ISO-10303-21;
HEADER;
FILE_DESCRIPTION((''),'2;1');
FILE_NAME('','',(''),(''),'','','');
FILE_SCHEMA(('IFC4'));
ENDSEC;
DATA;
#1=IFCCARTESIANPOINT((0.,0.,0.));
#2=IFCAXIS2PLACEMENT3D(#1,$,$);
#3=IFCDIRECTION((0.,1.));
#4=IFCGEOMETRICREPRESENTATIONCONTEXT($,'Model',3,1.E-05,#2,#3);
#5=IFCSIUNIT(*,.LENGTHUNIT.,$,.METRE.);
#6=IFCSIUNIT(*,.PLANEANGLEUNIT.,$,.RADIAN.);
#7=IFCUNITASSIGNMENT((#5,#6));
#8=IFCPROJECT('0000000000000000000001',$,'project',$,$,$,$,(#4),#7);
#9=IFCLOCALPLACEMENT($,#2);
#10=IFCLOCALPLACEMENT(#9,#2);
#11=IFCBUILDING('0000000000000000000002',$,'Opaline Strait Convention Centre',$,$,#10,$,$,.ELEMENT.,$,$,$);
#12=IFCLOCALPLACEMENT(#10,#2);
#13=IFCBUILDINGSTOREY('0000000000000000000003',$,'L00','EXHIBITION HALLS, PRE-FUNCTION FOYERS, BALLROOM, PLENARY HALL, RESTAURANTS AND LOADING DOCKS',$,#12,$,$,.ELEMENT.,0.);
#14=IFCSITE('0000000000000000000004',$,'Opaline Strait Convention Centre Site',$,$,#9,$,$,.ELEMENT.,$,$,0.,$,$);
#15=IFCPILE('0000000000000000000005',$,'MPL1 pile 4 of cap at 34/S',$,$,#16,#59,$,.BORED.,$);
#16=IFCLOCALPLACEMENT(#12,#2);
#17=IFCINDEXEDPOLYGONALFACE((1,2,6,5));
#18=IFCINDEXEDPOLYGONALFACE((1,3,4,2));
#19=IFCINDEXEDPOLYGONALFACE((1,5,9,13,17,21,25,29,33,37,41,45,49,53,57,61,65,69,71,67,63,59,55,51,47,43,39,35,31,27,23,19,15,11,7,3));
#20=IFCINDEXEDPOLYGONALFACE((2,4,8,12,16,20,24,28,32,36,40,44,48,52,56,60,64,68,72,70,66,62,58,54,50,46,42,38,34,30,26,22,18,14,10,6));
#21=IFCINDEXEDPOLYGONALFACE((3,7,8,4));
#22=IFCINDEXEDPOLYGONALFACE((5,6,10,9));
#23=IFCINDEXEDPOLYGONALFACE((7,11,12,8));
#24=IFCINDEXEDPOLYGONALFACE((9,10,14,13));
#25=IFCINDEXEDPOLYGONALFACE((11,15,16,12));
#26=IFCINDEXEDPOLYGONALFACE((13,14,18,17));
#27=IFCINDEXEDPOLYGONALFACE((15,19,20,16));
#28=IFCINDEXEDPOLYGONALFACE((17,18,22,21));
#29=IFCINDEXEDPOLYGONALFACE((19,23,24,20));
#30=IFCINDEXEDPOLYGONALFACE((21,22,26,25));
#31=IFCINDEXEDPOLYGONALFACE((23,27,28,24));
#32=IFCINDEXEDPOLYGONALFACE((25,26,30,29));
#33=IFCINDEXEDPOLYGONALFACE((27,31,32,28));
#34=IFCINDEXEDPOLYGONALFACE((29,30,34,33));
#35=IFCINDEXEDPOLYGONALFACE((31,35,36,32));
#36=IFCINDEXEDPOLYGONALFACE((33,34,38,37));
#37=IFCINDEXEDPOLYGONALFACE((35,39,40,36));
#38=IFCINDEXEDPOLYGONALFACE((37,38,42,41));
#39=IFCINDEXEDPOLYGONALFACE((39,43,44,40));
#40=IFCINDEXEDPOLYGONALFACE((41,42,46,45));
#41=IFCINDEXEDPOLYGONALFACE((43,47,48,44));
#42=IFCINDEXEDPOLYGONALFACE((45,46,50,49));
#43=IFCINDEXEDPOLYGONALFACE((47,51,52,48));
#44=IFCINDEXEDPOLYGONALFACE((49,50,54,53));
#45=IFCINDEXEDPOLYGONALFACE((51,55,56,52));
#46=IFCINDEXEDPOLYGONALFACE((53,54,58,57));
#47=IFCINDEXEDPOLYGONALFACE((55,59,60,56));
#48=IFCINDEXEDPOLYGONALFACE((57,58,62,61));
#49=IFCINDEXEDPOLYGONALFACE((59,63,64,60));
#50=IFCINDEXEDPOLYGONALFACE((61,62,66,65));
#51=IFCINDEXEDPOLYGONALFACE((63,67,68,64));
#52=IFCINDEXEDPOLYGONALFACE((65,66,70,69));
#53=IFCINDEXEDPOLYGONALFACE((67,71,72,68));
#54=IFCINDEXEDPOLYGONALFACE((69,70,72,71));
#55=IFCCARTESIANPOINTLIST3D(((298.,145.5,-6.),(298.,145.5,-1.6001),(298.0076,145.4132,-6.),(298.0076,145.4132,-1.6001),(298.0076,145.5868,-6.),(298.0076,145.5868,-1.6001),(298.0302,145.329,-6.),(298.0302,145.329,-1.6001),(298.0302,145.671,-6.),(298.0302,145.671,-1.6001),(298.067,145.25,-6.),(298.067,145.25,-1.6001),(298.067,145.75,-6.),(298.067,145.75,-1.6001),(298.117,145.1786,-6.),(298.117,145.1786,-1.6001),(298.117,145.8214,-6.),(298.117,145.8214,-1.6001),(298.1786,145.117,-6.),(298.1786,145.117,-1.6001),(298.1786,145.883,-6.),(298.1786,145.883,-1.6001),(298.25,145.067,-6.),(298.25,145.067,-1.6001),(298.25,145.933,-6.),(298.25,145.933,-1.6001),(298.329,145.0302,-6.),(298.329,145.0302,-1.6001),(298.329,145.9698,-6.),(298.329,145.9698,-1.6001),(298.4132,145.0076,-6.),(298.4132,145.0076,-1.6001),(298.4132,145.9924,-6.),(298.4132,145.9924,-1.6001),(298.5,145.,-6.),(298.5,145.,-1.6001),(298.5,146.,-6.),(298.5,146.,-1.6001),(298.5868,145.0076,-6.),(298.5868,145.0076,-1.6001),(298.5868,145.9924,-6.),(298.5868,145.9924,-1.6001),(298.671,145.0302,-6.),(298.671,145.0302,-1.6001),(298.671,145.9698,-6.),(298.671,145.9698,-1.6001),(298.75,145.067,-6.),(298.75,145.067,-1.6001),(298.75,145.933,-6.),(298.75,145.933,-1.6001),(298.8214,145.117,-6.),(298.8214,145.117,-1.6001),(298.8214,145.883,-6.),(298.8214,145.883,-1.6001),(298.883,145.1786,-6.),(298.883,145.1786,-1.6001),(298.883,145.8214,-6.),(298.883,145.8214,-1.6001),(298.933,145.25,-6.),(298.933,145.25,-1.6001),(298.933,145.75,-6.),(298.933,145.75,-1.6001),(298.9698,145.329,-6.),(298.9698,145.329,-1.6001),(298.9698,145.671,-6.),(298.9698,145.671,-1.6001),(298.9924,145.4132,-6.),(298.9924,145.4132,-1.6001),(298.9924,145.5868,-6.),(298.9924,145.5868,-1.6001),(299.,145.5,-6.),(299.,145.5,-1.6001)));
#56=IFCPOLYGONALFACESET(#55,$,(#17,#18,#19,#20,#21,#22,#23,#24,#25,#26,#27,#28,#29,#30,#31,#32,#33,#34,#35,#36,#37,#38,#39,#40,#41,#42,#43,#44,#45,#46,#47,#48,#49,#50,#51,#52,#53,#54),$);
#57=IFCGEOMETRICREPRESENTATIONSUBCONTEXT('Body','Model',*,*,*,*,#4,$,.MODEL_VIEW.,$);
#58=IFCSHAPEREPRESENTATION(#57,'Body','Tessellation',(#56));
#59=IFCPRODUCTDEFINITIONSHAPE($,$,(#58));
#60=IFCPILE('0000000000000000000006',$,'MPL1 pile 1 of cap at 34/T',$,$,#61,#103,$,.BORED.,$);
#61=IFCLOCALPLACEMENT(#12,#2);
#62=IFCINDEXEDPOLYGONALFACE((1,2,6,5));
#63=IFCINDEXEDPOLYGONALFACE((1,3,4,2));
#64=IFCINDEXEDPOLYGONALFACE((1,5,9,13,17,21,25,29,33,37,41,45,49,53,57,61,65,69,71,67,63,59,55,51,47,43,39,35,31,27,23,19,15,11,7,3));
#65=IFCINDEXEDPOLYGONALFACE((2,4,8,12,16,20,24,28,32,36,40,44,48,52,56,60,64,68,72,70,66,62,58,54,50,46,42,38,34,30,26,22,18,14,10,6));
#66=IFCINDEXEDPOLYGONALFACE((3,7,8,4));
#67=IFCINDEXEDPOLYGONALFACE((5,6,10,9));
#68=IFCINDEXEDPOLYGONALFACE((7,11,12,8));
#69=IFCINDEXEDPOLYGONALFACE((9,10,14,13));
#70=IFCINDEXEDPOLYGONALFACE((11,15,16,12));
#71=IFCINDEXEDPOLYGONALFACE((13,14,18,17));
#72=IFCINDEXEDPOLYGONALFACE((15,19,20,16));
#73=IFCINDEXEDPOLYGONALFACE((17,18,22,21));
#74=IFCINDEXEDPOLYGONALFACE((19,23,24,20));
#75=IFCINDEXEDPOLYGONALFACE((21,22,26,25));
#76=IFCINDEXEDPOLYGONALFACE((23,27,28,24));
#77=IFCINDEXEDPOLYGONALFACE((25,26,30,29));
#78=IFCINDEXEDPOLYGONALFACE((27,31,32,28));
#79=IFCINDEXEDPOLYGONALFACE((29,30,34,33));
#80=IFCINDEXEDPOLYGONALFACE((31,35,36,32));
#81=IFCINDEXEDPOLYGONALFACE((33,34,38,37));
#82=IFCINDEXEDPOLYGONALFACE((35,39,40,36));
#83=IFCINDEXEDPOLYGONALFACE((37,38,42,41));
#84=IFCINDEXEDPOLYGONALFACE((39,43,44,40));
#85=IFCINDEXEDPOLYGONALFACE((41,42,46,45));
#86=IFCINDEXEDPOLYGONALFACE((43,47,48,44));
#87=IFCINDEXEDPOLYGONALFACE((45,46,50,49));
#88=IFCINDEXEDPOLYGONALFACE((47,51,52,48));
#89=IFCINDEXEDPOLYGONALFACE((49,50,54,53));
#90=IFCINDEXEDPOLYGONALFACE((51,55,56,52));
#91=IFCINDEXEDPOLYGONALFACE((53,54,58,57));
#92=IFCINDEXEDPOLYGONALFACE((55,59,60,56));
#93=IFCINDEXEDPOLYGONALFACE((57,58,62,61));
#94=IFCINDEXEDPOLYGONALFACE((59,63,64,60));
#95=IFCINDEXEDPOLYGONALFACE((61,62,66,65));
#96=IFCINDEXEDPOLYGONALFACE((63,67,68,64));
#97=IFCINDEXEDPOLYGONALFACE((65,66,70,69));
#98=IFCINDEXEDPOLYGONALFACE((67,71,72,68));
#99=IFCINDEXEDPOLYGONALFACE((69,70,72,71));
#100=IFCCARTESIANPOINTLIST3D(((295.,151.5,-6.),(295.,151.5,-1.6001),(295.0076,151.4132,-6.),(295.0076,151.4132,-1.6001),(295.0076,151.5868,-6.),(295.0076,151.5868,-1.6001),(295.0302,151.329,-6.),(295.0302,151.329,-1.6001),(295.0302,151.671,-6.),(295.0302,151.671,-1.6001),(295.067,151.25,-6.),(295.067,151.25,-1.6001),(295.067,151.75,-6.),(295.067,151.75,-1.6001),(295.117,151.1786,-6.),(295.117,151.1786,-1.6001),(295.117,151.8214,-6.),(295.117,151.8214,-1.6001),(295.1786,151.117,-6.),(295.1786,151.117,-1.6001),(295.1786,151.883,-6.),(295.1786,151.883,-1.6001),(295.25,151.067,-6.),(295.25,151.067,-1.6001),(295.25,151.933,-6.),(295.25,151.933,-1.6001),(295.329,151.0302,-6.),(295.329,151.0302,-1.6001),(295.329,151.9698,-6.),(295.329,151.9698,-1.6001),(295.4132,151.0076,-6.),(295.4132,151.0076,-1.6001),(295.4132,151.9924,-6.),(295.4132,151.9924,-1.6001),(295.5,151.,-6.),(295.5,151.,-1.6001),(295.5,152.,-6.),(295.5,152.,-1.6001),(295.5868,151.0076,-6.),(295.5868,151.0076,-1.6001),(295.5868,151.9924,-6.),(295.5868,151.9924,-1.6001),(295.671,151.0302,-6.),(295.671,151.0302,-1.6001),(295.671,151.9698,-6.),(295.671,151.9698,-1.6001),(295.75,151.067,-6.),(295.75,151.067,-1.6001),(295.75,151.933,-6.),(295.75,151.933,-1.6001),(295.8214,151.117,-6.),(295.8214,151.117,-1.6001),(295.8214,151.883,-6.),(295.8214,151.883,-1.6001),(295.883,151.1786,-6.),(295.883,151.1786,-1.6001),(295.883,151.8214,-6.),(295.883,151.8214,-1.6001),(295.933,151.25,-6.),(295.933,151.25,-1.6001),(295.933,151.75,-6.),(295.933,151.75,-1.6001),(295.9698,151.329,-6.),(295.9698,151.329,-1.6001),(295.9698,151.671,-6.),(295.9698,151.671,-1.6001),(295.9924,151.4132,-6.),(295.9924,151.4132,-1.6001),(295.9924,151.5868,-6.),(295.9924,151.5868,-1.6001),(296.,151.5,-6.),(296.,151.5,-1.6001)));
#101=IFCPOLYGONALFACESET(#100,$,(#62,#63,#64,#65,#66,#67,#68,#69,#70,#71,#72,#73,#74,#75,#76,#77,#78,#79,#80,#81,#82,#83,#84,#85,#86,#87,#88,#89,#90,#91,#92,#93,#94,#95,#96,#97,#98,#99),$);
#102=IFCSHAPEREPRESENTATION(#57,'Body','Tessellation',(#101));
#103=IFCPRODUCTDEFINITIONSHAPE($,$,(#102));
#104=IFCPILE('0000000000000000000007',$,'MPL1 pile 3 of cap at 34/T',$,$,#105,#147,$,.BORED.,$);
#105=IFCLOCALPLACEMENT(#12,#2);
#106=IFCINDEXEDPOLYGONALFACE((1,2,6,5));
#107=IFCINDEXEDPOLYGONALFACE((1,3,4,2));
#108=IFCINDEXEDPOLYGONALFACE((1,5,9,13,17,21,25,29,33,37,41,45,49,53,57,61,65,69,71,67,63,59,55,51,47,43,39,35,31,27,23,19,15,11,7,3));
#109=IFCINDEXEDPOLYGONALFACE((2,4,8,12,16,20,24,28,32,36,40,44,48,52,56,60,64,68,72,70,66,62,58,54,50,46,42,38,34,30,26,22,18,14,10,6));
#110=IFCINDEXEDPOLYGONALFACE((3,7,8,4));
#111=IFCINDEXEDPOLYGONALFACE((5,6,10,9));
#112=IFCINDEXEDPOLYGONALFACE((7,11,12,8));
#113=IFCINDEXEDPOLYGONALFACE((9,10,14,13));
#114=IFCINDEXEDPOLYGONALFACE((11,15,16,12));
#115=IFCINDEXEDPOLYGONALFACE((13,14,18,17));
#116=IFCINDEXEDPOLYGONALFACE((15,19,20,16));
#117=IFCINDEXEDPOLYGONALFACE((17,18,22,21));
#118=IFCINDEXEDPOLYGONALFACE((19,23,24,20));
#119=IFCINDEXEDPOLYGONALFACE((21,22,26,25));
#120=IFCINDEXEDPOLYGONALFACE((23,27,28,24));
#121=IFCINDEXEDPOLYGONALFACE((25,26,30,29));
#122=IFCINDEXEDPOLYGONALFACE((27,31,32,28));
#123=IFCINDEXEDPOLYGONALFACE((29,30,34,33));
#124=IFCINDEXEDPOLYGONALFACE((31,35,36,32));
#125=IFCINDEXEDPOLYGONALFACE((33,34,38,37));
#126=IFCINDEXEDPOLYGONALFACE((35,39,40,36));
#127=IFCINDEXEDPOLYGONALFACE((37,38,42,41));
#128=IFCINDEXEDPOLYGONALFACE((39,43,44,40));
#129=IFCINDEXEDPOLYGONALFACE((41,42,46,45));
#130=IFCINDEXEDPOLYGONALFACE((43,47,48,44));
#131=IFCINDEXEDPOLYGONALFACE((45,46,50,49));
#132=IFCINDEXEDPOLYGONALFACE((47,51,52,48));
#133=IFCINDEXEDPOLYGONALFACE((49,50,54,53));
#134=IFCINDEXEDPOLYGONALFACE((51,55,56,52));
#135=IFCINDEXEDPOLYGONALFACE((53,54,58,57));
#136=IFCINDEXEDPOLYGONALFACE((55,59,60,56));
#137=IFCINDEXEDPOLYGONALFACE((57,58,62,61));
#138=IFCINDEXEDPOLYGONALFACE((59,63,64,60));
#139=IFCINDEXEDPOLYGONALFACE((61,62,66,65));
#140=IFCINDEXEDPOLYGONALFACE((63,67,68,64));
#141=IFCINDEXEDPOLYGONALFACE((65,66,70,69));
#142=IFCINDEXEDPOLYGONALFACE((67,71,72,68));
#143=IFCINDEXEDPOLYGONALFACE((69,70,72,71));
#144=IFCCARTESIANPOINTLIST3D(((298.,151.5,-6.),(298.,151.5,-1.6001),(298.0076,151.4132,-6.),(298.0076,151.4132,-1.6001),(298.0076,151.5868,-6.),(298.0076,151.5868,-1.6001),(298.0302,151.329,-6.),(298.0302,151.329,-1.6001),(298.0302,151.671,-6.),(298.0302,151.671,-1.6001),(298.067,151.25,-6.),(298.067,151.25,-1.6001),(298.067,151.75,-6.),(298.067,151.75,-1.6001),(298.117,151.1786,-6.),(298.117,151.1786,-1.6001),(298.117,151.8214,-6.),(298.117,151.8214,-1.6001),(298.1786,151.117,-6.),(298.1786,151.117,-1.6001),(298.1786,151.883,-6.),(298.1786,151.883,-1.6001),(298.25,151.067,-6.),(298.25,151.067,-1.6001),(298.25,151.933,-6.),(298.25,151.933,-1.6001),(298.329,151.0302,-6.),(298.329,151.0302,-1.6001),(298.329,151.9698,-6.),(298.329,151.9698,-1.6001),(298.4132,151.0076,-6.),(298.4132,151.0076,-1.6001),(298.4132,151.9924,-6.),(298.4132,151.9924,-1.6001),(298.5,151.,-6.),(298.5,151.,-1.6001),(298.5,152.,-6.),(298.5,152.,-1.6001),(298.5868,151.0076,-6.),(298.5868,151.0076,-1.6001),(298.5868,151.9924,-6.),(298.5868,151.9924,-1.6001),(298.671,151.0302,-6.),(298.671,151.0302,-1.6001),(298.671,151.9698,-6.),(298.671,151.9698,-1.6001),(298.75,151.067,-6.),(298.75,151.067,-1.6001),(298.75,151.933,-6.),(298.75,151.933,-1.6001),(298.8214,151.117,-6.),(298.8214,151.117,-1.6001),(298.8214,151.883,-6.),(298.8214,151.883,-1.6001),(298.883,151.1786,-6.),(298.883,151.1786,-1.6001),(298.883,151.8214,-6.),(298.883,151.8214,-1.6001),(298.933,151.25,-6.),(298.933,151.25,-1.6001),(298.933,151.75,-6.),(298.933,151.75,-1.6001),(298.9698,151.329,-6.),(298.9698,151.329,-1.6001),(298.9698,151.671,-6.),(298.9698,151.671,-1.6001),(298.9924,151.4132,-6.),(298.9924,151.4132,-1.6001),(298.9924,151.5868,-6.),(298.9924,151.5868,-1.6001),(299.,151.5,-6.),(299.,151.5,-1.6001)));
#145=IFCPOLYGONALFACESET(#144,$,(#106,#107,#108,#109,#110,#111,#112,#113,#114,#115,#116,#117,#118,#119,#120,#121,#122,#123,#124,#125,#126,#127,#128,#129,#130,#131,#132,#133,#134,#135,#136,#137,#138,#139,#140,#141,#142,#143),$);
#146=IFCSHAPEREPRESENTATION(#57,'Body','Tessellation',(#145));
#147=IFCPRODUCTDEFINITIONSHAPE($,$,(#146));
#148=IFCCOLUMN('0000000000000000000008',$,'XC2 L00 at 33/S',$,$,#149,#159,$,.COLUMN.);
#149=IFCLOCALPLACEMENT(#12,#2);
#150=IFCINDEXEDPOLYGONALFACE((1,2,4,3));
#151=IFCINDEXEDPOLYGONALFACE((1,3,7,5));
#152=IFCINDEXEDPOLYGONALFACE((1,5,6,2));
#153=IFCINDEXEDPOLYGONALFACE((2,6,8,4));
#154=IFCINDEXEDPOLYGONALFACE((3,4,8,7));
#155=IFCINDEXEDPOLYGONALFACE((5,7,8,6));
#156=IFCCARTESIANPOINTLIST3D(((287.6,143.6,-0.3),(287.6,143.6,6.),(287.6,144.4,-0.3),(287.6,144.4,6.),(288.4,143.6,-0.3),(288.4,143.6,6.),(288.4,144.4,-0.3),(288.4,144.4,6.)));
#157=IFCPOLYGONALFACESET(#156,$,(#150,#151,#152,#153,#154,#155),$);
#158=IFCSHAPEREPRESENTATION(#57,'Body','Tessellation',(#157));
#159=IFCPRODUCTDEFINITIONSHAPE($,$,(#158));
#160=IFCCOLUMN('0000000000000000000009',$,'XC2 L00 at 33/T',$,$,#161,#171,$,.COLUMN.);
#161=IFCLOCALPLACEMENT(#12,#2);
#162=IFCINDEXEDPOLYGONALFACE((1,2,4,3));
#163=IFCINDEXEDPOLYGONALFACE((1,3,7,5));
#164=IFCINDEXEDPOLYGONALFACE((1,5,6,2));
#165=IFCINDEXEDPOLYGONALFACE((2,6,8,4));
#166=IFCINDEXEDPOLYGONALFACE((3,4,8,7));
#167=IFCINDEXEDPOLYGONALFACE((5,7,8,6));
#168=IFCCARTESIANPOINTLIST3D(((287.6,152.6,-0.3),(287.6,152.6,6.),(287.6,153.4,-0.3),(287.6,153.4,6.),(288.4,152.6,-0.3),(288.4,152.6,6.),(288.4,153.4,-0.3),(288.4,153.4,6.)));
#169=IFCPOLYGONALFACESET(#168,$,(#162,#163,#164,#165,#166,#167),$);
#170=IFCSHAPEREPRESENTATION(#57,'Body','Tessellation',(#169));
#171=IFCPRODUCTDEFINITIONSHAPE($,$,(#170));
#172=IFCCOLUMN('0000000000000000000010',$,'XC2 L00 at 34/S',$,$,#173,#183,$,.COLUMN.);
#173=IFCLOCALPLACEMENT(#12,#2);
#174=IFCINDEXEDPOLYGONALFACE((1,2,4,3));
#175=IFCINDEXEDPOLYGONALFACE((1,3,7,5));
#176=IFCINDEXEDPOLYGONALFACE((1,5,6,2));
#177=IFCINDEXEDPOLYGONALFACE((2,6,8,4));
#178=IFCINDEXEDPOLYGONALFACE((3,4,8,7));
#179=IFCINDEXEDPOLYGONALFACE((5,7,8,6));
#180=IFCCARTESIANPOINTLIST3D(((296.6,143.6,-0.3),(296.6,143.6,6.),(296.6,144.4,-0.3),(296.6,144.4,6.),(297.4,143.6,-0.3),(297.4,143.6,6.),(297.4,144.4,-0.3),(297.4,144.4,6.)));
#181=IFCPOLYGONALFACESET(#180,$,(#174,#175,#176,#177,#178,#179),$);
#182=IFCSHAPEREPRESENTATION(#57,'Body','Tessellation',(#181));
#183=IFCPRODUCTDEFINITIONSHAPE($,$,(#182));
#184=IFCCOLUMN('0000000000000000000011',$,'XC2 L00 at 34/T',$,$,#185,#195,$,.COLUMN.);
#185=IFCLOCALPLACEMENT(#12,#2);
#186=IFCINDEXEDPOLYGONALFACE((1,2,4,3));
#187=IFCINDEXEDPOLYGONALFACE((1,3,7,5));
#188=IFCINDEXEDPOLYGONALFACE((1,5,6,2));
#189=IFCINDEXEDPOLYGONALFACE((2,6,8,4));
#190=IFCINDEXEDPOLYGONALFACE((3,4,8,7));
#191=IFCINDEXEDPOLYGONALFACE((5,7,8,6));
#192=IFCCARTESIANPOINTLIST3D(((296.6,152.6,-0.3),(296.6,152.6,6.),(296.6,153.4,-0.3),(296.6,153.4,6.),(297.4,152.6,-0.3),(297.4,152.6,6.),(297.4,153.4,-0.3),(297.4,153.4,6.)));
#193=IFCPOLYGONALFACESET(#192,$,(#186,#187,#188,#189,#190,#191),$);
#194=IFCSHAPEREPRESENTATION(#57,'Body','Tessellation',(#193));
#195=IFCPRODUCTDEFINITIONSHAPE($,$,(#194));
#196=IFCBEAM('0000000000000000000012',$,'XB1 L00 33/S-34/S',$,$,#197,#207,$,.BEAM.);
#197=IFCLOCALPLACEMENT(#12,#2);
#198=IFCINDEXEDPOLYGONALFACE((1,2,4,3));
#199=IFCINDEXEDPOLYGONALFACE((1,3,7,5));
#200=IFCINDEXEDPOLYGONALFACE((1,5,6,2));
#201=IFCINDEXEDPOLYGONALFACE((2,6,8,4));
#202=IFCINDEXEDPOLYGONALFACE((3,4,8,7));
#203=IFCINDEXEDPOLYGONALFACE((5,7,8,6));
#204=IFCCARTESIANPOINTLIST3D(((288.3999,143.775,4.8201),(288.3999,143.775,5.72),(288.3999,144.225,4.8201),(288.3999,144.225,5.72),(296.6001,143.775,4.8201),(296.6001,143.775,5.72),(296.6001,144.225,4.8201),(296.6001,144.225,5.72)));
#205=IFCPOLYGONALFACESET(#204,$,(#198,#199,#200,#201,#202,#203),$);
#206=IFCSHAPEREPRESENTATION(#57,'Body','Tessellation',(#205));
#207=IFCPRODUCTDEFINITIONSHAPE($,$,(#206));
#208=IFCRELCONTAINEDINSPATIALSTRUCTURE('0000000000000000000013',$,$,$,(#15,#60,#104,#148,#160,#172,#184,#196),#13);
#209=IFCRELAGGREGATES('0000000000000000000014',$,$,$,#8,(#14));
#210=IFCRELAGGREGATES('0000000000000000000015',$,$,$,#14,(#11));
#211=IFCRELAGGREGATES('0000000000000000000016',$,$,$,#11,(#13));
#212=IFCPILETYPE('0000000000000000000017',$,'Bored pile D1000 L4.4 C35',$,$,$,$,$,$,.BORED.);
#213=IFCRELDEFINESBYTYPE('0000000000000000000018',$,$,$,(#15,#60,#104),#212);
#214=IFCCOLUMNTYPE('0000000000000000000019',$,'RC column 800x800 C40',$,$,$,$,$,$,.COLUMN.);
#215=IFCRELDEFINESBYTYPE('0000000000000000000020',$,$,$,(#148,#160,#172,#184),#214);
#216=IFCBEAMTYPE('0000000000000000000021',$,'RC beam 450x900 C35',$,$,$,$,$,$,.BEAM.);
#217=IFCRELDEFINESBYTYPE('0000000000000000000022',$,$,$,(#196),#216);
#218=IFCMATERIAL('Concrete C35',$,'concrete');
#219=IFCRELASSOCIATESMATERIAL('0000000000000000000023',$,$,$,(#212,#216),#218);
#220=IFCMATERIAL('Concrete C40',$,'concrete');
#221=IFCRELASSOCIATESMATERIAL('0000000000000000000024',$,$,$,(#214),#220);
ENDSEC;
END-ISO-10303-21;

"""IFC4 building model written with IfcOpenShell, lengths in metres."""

from ifc_helpers import new_model, si_unit, direction, frame, origin, origin_2d, place, context, subcontext, project, spatial, rectangle, circle, extrude, material, material_profile, profile_set, type_object, element, save


model = new_model("IFC4")

# Units and contexts
model_context = context("Model", 3, precision=1e-05, world=origin(), true_north=direction((0.0, 1.0)))
body_context = subcontext(model_context, "Body", "Model", "MODEL_VIEW")
ifc_project = project(units=[si_unit("LENGTHUNIT", "METRE"), si_unit("PLANEANGLEUNIT", "RADIAN")], contexts=[model_context])

# Site, building, storey
site_placement = place(None, origin())
site = spatial("IfcSite", under=ifc_project, at=site_placement, Name="Opaline Strait Convention Centre Site", CompositionType="ELEMENT", RefElevation=0.0)
building_placement = place(site_placement, origin())
building = spatial("IfcBuilding", under=site, at=building_placement, Name="Opaline Strait Convention Centre", CompositionType="ELEMENT")
storey_placement = place(building_placement, origin())
storey = spatial("IfcBuildingStorey", under=building, at=storey_placement, Name="L00", Description="EXHIBITION HALLS, PRE-FUNCTION FOYERS, BALLROOM, PLENARY HALL, RESTAURANTS AND LOADING DOCKS", CompositionType="ELEMENT", Elevation=0.0)

# Piles
ifc_material_1 = material(Name="Concrete C35", Category="concrete")
ifc_material_profile_1 = material_profile(ifc_material_1, circle(Radius=0.5, at=origin_2d()), Name="D1000")
ifc_profile_set_1 = profile_set([ifc_material_profile_1], Name="Concrete C35")
pile_type = type_object("IfcPileType", Name="Bored pile D1000 L4.4 C35", PredefinedType="BORED", material=ifc_profile_set_1)
for number, where, z_axis, x_axis, name in (
    (1, (298.5, 145.5, -1.6001), (0.0, 0.0, -1.0), (1.0, 0.0, 0.0), "MPL1 pile 4 of cap at 34/S"),
    (2, (295.5, 151.5, -1.6001), (0.0, 0.0, -1.0), (1.0, 0.0, 0.0), "MPL1 pile 1 of cap at 34/T"),
    (3, (298.5, 151.5, -1.6001), (0.0, 0.0, -1.0), (1.0, 0.0, 0.0), "MPL1 pile 3 of cap at 34/T"),
):
    element("IfcPile", number, at=place(storey_placement, frame(where, z_axis=z_axis, x_axis=x_axis)), inside=storey, type_object=pile_type, Name=name, PredefinedType="BORED", context=body_context, shape_type="SweptSolid", body=[
        extrude(circle(Radius=0.5, at=origin_2d()), origin(), (0.0, 0.0, 1.0), 4.3999),
    ])

# Columns
ifc_material_2 = material(Name="Concrete C40", Category="concrete")
ifc_material_profile_2 = material_profile(ifc_material_2, rectangle(XDim=0.8, YDim=0.8, at=origin_2d()), Name="RC 800x800")
ifc_profile_set_2 = profile_set([ifc_material_profile_2], Name="Concrete C40")
column_type = type_object("IfcColumnType", Name="RC column 800x800 C40", PredefinedType="COLUMN", material=ifc_profile_set_2)
for number, where, z_axis, x_axis, name in (
    (4, (288.0, 144.0, -0.3), (0.0, 0.0, 1.0), (1.0, 0.0, 0.0), "XC2 L00 at 33/S"),
    (5, (288.0, 153.0, -0.3), (0.0, 0.0, 1.0), (1.0, 0.0, 0.0), "XC2 L00 at 33/T"),
    (6, (297.0, 144.0, -0.3), (0.0, 0.0, 1.0), (1.0, 0.0, 0.0), "XC2 L00 at 34/S"),
    (7, (297.0, 153.0, -0.3), (0.0, 0.0, 1.0), (1.0, 0.0, 0.0), "XC2 L00 at 34/T"),
):
    element("IfcColumn", number, at=place(storey_placement, frame(where, z_axis=z_axis, x_axis=x_axis)), inside=storey, type_object=column_type, Name=name, PredefinedType="COLUMN", context=body_context, shape_type="SweptSolid", body=[
        extrude(rectangle(XDim=0.8, YDim=0.8, at=origin_2d()), origin(), (0.0, 0.0, 1.0), 6.3),
    ])

# Beam
ifc_material_profile_3 = material_profile(ifc_material_1, rectangle(XDim=0.45, YDim=0.8999, at=origin_2d()), Name="RC 450x900")
ifc_profile_set_3 = profile_set([ifc_material_profile_3], Name="Concrete C35")
beam_type = type_object("IfcBeamType", Name="RC beam 450x900 C35", PredefinedType="BEAM", material=ifc_profile_set_3)
for number, where, z_axis, x_axis, name in (
    (8, (288.3999, 144.0, 5.27), (1.0, 0.0, 0.0), (0.0, 1.0, 0.0), "XB1 L00 33/S-34/S"),
):
    element("IfcBeam", number, at=place(storey_placement, frame(where, z_axis=z_axis, x_axis=x_axis)), inside=storey, type_object=beam_type, Name=name, PredefinedType="BEAM", context=body_context, shape_type="SweptSolid", body=[
        extrude(rectangle(XDim=0.45, YDim=0.8999, at=origin_2d()), origin(), (0.0, 0.0, 1.0), 8.2002),
    ])

save(model, "model.ifc")
